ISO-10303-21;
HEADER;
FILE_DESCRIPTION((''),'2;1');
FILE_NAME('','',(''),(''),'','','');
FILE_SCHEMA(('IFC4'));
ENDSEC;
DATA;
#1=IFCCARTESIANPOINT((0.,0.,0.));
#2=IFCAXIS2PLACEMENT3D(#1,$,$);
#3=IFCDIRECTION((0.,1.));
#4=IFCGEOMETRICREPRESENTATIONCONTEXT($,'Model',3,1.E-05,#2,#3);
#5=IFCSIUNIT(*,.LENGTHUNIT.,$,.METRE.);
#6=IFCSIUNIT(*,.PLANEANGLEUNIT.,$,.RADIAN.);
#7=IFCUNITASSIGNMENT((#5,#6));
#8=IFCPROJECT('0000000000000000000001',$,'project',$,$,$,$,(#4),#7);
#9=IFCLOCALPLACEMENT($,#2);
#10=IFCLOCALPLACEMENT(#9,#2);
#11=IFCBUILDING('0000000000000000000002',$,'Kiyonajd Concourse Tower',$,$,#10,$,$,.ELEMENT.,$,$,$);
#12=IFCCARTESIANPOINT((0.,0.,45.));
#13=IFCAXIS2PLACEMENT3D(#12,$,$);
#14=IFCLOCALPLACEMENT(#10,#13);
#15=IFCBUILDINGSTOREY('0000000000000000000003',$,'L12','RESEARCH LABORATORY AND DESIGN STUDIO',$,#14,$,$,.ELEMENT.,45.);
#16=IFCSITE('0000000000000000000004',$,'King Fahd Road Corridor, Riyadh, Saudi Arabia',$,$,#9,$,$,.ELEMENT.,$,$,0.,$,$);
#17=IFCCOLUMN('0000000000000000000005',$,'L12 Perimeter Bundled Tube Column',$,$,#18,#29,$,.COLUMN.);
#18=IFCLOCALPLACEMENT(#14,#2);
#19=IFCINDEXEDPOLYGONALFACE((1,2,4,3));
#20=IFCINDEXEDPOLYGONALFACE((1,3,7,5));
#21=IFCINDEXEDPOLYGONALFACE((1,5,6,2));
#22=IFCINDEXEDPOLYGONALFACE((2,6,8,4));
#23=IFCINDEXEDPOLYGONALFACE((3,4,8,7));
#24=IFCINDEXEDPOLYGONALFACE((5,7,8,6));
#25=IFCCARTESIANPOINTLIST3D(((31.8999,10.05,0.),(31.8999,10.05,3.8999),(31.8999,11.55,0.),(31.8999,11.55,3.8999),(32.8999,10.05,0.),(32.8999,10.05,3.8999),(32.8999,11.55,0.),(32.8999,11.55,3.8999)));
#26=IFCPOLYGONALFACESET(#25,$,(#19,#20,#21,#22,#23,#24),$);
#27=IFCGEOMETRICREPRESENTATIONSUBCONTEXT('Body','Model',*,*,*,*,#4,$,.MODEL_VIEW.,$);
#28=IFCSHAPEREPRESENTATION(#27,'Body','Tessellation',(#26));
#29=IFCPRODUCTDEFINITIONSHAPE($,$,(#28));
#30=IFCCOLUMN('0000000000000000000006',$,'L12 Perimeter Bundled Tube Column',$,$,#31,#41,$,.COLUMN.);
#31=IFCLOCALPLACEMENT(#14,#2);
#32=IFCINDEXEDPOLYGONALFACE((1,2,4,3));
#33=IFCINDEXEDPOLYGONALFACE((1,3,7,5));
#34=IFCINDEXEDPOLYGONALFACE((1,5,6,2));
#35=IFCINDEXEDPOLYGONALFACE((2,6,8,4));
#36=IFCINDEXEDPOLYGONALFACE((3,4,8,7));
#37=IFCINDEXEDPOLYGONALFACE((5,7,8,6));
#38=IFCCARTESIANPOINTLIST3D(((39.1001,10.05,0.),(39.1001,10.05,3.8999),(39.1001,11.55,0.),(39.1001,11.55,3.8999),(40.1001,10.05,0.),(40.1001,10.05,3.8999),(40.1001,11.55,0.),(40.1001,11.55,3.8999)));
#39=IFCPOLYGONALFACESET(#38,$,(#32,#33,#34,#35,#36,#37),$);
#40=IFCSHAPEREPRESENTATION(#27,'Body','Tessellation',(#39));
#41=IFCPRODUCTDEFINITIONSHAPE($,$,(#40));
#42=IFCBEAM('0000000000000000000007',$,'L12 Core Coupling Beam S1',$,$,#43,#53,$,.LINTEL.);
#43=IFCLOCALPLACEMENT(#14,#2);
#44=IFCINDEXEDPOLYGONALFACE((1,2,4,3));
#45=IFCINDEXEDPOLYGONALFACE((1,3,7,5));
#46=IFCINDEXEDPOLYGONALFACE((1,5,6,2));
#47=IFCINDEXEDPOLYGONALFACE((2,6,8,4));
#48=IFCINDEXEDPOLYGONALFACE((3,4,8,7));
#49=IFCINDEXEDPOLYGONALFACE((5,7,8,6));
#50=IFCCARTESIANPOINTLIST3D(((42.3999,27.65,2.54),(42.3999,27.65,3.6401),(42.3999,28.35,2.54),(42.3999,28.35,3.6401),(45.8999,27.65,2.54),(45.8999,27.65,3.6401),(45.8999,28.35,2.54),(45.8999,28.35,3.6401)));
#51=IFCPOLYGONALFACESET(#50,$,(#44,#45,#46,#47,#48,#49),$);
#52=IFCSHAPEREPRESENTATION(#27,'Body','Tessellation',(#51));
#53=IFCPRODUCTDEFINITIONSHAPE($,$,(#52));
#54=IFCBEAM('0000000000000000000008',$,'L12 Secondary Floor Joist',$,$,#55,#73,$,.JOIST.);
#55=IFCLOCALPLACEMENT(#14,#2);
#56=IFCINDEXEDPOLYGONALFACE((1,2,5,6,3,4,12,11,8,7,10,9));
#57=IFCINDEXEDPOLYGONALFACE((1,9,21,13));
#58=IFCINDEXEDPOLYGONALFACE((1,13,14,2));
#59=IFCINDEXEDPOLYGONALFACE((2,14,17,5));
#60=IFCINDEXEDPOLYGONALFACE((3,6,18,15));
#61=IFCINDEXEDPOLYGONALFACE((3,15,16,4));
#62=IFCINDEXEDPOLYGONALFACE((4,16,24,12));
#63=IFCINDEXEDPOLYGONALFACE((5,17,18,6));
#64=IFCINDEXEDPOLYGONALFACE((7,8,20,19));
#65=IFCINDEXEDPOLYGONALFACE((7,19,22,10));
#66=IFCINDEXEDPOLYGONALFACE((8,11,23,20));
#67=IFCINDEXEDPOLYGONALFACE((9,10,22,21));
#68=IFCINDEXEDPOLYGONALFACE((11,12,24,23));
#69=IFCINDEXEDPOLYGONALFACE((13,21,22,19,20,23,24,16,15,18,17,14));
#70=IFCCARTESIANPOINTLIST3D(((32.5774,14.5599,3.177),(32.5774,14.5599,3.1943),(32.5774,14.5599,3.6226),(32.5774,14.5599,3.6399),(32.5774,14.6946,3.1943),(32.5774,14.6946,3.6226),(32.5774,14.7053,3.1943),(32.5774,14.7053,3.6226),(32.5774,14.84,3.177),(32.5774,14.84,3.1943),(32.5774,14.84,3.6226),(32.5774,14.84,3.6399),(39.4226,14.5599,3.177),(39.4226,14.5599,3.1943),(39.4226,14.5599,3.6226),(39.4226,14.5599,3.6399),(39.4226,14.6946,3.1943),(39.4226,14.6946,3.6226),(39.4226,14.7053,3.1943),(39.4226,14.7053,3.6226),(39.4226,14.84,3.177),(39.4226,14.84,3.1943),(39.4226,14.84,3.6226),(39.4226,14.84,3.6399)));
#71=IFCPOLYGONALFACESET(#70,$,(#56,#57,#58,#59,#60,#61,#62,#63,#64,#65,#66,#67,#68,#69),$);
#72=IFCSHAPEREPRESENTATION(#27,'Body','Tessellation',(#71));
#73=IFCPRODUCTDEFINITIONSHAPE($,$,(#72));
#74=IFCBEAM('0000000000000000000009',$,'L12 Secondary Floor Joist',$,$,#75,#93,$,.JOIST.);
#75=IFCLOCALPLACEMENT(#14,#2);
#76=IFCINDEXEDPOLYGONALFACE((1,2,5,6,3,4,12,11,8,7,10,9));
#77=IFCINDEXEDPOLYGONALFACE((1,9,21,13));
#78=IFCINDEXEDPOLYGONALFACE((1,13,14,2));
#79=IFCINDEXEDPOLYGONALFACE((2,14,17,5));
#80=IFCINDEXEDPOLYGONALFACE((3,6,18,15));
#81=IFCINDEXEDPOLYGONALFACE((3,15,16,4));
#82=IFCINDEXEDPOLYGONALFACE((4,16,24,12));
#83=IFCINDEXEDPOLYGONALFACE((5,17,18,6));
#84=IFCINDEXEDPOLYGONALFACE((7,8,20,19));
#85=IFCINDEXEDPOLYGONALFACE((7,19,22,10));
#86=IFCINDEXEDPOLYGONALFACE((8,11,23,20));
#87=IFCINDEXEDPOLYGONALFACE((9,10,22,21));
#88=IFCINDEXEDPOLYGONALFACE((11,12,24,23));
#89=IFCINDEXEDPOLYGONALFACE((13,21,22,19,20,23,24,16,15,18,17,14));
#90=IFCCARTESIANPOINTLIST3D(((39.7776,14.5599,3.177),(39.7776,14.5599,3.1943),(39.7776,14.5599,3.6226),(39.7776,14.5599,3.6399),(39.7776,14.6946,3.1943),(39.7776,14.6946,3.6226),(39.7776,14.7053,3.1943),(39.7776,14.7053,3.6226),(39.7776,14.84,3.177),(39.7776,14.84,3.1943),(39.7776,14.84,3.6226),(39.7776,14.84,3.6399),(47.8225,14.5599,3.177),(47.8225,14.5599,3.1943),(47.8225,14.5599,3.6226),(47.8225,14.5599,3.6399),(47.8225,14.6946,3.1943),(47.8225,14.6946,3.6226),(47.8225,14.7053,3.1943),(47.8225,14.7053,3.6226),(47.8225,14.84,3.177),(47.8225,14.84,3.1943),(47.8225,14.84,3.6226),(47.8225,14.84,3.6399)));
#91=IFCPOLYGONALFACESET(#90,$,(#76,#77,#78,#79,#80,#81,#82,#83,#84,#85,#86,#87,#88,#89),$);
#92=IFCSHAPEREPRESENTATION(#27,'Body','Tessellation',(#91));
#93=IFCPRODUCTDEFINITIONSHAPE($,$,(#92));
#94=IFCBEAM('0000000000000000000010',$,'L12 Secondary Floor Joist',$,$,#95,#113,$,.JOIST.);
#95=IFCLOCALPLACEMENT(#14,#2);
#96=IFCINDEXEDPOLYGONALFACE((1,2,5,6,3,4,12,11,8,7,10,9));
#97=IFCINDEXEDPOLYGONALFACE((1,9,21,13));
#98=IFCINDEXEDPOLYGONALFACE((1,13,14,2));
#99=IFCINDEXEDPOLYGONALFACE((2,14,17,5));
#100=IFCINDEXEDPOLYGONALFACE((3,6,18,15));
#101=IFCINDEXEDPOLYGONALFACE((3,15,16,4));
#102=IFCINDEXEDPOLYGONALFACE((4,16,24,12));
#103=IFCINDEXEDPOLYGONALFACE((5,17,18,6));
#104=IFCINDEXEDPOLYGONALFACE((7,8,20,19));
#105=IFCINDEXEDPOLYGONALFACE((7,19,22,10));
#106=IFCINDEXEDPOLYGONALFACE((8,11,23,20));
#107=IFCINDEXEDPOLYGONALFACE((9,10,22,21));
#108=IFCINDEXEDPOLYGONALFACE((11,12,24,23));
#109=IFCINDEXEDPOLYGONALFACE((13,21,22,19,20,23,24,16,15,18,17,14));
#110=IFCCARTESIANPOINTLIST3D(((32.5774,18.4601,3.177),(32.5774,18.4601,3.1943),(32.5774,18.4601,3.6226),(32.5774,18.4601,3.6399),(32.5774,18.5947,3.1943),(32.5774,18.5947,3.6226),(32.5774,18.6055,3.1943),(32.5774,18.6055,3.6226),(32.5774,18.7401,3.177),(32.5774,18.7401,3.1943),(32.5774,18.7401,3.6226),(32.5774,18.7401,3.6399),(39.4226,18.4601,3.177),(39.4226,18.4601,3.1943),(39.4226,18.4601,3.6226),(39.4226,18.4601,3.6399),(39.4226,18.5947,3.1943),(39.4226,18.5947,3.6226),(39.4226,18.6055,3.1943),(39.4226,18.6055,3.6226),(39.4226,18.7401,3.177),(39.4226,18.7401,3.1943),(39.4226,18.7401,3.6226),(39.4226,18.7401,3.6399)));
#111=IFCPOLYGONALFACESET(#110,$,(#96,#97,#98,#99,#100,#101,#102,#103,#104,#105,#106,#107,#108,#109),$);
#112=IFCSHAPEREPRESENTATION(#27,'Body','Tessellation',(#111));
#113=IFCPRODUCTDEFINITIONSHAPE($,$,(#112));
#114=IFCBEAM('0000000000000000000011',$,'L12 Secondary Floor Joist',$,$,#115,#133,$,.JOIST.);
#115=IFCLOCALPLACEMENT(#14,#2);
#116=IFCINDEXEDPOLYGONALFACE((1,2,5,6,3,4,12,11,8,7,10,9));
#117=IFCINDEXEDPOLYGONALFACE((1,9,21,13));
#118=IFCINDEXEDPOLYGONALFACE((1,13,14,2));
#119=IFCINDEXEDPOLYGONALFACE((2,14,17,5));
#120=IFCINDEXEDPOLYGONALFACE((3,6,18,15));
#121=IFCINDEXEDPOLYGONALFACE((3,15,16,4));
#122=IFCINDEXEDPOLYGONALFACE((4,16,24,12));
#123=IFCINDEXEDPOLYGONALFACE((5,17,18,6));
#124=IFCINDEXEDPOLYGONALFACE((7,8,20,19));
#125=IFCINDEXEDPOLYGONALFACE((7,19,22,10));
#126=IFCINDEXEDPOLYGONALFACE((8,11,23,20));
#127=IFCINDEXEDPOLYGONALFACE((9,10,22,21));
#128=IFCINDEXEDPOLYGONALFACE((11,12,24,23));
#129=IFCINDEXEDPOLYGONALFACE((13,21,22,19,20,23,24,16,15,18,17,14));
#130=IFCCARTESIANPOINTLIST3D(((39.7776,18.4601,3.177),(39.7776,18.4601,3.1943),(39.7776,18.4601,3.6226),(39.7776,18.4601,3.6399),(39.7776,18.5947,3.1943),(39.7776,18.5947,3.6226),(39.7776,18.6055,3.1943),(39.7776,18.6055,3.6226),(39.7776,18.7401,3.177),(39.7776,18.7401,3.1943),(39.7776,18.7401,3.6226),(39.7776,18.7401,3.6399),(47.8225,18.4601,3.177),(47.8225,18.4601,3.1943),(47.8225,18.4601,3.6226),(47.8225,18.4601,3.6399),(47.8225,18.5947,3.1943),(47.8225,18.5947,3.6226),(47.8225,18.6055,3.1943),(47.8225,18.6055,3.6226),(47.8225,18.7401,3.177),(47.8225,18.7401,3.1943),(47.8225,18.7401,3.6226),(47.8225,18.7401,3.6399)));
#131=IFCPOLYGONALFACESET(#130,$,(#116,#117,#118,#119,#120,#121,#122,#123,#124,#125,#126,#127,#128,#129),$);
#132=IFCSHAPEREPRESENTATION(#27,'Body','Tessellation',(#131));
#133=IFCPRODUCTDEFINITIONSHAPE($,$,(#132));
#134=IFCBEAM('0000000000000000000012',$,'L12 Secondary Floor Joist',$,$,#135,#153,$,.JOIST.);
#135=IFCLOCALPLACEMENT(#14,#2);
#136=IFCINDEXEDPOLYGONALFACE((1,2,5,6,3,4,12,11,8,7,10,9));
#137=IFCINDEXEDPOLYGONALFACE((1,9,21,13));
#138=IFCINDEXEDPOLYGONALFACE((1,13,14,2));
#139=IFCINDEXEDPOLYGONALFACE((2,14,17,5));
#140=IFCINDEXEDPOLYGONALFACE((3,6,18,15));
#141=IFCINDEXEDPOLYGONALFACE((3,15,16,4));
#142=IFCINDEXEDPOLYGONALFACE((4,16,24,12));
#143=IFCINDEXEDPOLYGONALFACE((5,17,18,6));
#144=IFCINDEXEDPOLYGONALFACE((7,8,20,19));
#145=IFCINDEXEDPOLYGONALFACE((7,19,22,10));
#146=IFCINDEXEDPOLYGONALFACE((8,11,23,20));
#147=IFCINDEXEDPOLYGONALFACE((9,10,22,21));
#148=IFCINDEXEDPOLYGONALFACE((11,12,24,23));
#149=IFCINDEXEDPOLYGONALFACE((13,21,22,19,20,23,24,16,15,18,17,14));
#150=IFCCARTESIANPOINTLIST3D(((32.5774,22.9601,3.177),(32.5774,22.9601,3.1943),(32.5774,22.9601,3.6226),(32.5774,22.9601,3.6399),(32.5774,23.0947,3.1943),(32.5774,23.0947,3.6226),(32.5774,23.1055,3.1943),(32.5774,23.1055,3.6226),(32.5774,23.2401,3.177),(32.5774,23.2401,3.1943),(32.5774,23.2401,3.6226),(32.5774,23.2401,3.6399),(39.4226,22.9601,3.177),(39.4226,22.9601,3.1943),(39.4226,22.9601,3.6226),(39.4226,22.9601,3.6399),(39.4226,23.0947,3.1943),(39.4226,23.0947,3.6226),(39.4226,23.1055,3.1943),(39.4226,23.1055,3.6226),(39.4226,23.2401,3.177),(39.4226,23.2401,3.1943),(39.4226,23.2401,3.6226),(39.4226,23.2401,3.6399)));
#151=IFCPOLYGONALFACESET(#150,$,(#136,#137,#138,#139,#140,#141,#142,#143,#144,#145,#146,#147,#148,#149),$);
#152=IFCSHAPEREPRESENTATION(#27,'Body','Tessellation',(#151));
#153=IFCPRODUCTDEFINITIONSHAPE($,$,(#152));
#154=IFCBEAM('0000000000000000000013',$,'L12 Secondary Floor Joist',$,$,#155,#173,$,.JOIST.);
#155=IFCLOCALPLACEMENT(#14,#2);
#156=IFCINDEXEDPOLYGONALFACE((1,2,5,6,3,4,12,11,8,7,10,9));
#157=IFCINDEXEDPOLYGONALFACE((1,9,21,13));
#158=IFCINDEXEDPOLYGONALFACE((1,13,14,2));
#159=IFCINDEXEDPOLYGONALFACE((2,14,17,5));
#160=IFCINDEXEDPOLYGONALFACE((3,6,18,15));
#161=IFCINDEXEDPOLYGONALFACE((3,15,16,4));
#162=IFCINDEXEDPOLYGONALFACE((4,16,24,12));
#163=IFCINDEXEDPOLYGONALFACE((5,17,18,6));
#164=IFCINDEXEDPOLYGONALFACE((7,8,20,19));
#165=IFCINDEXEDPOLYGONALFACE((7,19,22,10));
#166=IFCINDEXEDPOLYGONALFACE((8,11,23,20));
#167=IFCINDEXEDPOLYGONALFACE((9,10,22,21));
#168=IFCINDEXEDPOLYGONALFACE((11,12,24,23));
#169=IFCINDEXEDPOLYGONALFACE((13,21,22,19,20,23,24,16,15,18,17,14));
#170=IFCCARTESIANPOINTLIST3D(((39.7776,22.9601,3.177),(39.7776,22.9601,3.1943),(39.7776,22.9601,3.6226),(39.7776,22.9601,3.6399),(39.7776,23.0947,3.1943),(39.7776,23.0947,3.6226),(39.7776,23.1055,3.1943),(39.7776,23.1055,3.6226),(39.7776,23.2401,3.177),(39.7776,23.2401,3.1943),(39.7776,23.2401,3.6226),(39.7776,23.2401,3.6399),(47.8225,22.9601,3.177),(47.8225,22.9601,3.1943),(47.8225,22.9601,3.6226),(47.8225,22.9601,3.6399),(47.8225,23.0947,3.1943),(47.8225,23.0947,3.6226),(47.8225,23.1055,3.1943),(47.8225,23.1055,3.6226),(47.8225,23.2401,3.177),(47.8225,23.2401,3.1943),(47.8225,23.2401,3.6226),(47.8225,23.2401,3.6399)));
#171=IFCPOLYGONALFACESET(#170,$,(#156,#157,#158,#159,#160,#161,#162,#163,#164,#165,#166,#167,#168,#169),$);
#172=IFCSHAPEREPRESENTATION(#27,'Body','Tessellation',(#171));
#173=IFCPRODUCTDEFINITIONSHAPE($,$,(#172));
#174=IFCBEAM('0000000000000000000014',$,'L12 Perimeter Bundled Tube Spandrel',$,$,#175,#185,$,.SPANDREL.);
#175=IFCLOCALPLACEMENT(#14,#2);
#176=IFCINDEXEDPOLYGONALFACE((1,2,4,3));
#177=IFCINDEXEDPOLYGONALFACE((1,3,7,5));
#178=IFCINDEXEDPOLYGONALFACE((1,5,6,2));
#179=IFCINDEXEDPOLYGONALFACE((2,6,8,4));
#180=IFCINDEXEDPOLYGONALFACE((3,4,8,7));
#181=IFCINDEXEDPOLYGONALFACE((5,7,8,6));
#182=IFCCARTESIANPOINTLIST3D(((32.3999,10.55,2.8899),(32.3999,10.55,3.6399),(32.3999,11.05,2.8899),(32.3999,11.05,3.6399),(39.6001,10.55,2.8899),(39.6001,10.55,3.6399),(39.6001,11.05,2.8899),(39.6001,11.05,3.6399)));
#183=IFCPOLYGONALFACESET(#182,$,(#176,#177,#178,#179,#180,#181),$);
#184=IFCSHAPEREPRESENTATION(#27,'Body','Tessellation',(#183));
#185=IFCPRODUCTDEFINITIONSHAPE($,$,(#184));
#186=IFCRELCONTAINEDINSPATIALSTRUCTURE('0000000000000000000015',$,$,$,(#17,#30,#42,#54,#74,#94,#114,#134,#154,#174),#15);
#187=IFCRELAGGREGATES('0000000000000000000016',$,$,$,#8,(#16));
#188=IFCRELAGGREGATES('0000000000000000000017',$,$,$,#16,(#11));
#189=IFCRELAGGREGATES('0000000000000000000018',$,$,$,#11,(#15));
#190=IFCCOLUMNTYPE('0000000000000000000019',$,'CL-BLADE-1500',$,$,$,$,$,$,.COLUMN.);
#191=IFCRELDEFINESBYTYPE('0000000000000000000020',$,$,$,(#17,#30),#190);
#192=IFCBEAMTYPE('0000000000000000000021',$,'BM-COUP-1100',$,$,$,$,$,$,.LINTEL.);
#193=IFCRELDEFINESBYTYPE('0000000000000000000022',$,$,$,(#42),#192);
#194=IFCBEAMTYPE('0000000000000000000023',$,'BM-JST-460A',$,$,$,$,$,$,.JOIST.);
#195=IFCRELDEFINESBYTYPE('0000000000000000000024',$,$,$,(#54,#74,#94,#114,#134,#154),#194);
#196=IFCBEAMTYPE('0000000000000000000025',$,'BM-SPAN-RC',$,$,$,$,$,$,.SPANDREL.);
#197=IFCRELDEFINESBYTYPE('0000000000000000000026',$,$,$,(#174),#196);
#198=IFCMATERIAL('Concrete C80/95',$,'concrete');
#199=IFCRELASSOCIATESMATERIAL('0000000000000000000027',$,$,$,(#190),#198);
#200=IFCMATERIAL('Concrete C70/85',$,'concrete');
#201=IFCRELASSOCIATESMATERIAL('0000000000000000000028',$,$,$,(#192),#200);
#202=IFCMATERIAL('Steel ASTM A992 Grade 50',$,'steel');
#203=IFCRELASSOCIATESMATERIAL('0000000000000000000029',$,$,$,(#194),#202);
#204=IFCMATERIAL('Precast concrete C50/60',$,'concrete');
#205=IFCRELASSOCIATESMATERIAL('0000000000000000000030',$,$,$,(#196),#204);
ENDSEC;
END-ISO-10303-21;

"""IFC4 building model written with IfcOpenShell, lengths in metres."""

from ifc_helpers import new_model, si_unit, direction, frame, origin, origin_2d, place, context, subcontext, project, spatial, rectangle, i_section, extrude, material, material_profile, profile_set, type_object, element, save


model = new_model("IFC4")

# Units and contexts
model_context = context("Model", 3, precision=1e-05, world=origin(), true_north=direction((0.0, 1.0)))
body_context = subcontext(model_context, "Body", "Model", "MODEL_VIEW")
ifc_project = project(units=[si_unit("LENGTHUNIT", "METRE"), si_unit("PLANEANGLEUNIT", "RADIAN")], contexts=[model_context])

# Site, building, storey
site_placement = place(None, origin())
site = spatial("IfcSite", under=ifc_project, at=site_placement, Name="King Fahd Road Corridor, Riyadh, Saudi Arabia", CompositionType="ELEMENT", RefElevation=0.0)
building_placement = place(site_placement, origin())
building = spatial("IfcBuilding", under=site, at=building_placement, Name="Kiyonajd Concourse Tower", CompositionType="ELEMENT")
storey_placement = place(building_placement, frame((0.0, 0.0, 45.0)))
storey = spatial("IfcBuildingStorey", under=building, at=storey_placement, Name="L12", Description="RESEARCH LABORATORY AND DESIGN STUDIO", CompositionType="ELEMENT", Elevation=45.0)

# Columns
ifc_material_1 = material(Name="Concrete C80/95", Category="concrete")
ifc_material_profile_1 = material_profile(ifc_material_1, rectangle(XDim=1.0, YDim=1.5, at=origin_2d()), Name="RC-1500x1000")
ifc_profile_set_1 = profile_set([ifc_material_profile_1], Name="Concrete C80/95")
column_type = type_object("IfcColumnType", Name="CL-BLADE-1500", PredefinedType="COLUMN", material=ifc_profile_set_1)
for number, where, z_axis, x_axis, name in (
    (1, (32.3999, 10.8, 0.0), (0.0, 0.0, 1.0), (1.0, 0.0, 0.0), "L12 Perimeter Bundled Tube Column"),
    (2, (39.6001, 10.8, 0.0), (0.0, 0.0, 1.0), (1.0, 0.0, 0.0), "L12 Perimeter Bundled Tube Column"),
):
    element("IfcColumn", number, at=place(storey_placement, frame(where, z_axis=z_axis, x_axis=x_axis)), inside=storey, type_object=column_type, Name=name, PredefinedType="COLUMN", context=body_context, shape_type="SweptSolid", body=[
        extrude(rectangle(XDim=1.0, YDim=1.5, at=origin_2d()), origin(), (0.0, 0.0, 1.0), 3.8999),
    ])

# Beams
ifc_material_2 = material(Name="Concrete C70/85", Category="concrete")
ifc_material_profile_2 = material_profile(ifc_material_2, rectangle(XDim=0.7, YDim=1.1001, at=origin_2d()), Name="RCBM-700x1100")
ifc_profile_set_2 = profile_set([ifc_material_profile_2], Name="Concrete C70/85")
beam_type_1 = type_object("IfcBeamType", Name="BM-COUP-1100", PredefinedType="LINTEL", material=ifc_profile_set_2)
beam_1_placement = place(storey_placement, frame((42.3999, 28.0, 3.0901), z_axis=(1.0, 0.0, 0.0), x_axis=(0.0, 1.0, 0.0)))
element("IfcBeam", 3, at=beam_1_placement, inside=storey, type_object=beam_type_1, Name="L12 Core Coupling Beam S1", PredefinedType="LINTEL", context=body_context, shape_type="SweptSolid", body=[
    extrude(rectangle(XDim=0.7, YDim=1.1001, at=origin_2d()), origin(), (0.0, 0.0, 1.0), 3.5),
])
ifc_material_3 = material(Name="Steel ASTM A992 Grade 50", Category="steel")
ifc_material_profile_3 = material_profile(ifc_material_3, i_section(OverallWidth=0.28, OverallDepth=0.4629, WebThickness=0.0107, FlangeThickness=0.0173, at=origin_2d()), Name="W460X113")
ifc_profile_set_3 = profile_set([ifc_material_profile_3], Name="Steel ASTM A992 Grade 50")
beam_type_2 = type_object("IfcBeamType", Name="BM-JST-460A", PredefinedType="JOIST", material=ifc_profile_set_3)
beam_2_placement = place(storey_placement, frame((32.5774, 14.7, 3.4084), z_axis=(1.0, 0.0, 0.0), x_axis=(0.0, 1.0, 0.0)))
element("IfcBeam", 4, at=beam_2_placement, inside=storey, type_object=beam_type_2, Name="L12 Secondary Floor Joist", PredefinedType="JOIST", context=body_context, shape_type="SweptSolid", body=[
    extrude(i_section(OverallWidth=0.28, OverallDepth=0.4629, WebThickness=0.0107, FlangeThickness=0.0173, at=origin_2d()), origin(), (0.0, 0.0, 1.0), 6.8452),
])
beam_3_placement = place(storey_placement, frame((39.7776, 14.7, 3.4084), z_axis=(1.0, 0.0, 0.0), x_axis=(0.0, 1.0, 0.0)))
element("IfcBeam", 5, at=beam_3_placement, inside=storey, type_object=beam_type_2, Name="L12 Secondary Floor Joist", PredefinedType="JOIST", context=body_context, shape_type="SweptSolid", body=[
    extrude(i_section(OverallWidth=0.28, OverallDepth=0.4629, WebThickness=0.0107, FlangeThickness=0.0173, at=origin_2d()), origin(), (0.0, 0.0, 1.0), 8.0449),
])
beam_4_placement = place(storey_placement, frame((32.5774, 18.6001, 3.4084), z_axis=(1.0, 0.0, 0.0), x_axis=(0.0, 1.0, 0.0)))
element("IfcBeam", 6, at=beam_4_placement, inside=storey, type_object=beam_type_2, Name="L12 Secondary Floor Joist", PredefinedType="JOIST", context=body_context, shape_type="SweptSolid", body=[
    extrude(i_section(OverallWidth=0.28, OverallDepth=0.4629, WebThickness=0.0107, FlangeThickness=0.0173, at=origin_2d()), origin(), (0.0, 0.0, 1.0), 6.8452),
])
beam_5_placement = place(storey_placement, frame((39.7776, 18.6001, 3.4084), z_axis=(1.0, 0.0, 0.0), x_axis=(0.0, 1.0, 0.0)))
element("IfcBeam", 7, at=beam_5_placement, inside=storey, type_object=beam_type_2, Name="L12 Secondary Floor Joist", PredefinedType="JOIST", context=body_context, shape_type="SweptSolid", body=[
    extrude(i_section(OverallWidth=0.28, OverallDepth=0.4629, WebThickness=0.0107, FlangeThickness=0.0173, at=origin_2d()), origin(), (0.0, 0.0, 1.0), 8.0449),
])
beam_6_placement = place(storey_placement, frame((32.5774, 23.1001, 3.4084), z_axis=(1.0, 0.0, 0.0), x_axis=(0.0, 1.0, 0.0)))
element("IfcBeam", 8, at=beam_6_placement, inside=storey, type_object=beam_type_2, Name="L12 Secondary Floor Joist", PredefinedType="JOIST", context=body_context, shape_type="SweptSolid", body=[
    extrude(i_section(OverallWidth=0.28, OverallDepth=0.4629, WebThickness=0.0107, FlangeThickness=0.0173, at=origin_2d()), origin(), (0.0, 0.0, 1.0), 6.8452),
])
beam_7_placement = place(storey_placement, frame((39.7776, 23.1001, 3.4084), z_axis=(1.0, 0.0, 0.0), x_axis=(0.0, 1.0, 0.0)))
element("IfcBeam", 9, at=beam_7_placement, inside=storey, type_object=beam_type_2, Name="L12 Secondary Floor Joist", PredefinedType="JOIST", context=body_context, shape_type="SweptSolid", body=[
    extrude(i_section(OverallWidth=0.28, OverallDepth=0.4629, WebThickness=0.0107, FlangeThickness=0.0173, at=origin_2d()), origin(), (0.0, 0.0, 1.0), 8.0449),
])
ifc_material_4 = material(Name="Precast concrete C50/60", Category="concrete")
ifc_material_profile_4 = material_profile(ifc_material_4, rectangle(XDim=0.5, YDim=0.75, at=origin_2d()), Name="RCBM-500x750")
ifc_profile_set_4 = profile_set([ifc_material_profile_4], Name="Precast concrete C50/60")
beam_type_3 = type_object("IfcBeamType", Name="BM-SPAN-RC", PredefinedType="SPANDREL", material=ifc_profile_set_4)
beam_8_placement = place(storey_placement, frame((32.3999, 10.8, 3.2649), z_axis=(1.0, 0.0, 0.0), x_axis=(0.0, 1.0, 0.0)))
element("IfcBeam", 10, at=beam_8_placement, inside=storey, type_object=beam_type_3, Name="L12 Perimeter Bundled Tube Spandrel", PredefinedType="SPANDREL", context=body_context, shape_type="SweptSolid", body=[
    extrude(rectangle(XDim=0.5, YDim=0.75, at=origin_2d()), origin(), (0.0, 0.0, 1.0), 7.2002),
])

save(model, "model.ifc")
